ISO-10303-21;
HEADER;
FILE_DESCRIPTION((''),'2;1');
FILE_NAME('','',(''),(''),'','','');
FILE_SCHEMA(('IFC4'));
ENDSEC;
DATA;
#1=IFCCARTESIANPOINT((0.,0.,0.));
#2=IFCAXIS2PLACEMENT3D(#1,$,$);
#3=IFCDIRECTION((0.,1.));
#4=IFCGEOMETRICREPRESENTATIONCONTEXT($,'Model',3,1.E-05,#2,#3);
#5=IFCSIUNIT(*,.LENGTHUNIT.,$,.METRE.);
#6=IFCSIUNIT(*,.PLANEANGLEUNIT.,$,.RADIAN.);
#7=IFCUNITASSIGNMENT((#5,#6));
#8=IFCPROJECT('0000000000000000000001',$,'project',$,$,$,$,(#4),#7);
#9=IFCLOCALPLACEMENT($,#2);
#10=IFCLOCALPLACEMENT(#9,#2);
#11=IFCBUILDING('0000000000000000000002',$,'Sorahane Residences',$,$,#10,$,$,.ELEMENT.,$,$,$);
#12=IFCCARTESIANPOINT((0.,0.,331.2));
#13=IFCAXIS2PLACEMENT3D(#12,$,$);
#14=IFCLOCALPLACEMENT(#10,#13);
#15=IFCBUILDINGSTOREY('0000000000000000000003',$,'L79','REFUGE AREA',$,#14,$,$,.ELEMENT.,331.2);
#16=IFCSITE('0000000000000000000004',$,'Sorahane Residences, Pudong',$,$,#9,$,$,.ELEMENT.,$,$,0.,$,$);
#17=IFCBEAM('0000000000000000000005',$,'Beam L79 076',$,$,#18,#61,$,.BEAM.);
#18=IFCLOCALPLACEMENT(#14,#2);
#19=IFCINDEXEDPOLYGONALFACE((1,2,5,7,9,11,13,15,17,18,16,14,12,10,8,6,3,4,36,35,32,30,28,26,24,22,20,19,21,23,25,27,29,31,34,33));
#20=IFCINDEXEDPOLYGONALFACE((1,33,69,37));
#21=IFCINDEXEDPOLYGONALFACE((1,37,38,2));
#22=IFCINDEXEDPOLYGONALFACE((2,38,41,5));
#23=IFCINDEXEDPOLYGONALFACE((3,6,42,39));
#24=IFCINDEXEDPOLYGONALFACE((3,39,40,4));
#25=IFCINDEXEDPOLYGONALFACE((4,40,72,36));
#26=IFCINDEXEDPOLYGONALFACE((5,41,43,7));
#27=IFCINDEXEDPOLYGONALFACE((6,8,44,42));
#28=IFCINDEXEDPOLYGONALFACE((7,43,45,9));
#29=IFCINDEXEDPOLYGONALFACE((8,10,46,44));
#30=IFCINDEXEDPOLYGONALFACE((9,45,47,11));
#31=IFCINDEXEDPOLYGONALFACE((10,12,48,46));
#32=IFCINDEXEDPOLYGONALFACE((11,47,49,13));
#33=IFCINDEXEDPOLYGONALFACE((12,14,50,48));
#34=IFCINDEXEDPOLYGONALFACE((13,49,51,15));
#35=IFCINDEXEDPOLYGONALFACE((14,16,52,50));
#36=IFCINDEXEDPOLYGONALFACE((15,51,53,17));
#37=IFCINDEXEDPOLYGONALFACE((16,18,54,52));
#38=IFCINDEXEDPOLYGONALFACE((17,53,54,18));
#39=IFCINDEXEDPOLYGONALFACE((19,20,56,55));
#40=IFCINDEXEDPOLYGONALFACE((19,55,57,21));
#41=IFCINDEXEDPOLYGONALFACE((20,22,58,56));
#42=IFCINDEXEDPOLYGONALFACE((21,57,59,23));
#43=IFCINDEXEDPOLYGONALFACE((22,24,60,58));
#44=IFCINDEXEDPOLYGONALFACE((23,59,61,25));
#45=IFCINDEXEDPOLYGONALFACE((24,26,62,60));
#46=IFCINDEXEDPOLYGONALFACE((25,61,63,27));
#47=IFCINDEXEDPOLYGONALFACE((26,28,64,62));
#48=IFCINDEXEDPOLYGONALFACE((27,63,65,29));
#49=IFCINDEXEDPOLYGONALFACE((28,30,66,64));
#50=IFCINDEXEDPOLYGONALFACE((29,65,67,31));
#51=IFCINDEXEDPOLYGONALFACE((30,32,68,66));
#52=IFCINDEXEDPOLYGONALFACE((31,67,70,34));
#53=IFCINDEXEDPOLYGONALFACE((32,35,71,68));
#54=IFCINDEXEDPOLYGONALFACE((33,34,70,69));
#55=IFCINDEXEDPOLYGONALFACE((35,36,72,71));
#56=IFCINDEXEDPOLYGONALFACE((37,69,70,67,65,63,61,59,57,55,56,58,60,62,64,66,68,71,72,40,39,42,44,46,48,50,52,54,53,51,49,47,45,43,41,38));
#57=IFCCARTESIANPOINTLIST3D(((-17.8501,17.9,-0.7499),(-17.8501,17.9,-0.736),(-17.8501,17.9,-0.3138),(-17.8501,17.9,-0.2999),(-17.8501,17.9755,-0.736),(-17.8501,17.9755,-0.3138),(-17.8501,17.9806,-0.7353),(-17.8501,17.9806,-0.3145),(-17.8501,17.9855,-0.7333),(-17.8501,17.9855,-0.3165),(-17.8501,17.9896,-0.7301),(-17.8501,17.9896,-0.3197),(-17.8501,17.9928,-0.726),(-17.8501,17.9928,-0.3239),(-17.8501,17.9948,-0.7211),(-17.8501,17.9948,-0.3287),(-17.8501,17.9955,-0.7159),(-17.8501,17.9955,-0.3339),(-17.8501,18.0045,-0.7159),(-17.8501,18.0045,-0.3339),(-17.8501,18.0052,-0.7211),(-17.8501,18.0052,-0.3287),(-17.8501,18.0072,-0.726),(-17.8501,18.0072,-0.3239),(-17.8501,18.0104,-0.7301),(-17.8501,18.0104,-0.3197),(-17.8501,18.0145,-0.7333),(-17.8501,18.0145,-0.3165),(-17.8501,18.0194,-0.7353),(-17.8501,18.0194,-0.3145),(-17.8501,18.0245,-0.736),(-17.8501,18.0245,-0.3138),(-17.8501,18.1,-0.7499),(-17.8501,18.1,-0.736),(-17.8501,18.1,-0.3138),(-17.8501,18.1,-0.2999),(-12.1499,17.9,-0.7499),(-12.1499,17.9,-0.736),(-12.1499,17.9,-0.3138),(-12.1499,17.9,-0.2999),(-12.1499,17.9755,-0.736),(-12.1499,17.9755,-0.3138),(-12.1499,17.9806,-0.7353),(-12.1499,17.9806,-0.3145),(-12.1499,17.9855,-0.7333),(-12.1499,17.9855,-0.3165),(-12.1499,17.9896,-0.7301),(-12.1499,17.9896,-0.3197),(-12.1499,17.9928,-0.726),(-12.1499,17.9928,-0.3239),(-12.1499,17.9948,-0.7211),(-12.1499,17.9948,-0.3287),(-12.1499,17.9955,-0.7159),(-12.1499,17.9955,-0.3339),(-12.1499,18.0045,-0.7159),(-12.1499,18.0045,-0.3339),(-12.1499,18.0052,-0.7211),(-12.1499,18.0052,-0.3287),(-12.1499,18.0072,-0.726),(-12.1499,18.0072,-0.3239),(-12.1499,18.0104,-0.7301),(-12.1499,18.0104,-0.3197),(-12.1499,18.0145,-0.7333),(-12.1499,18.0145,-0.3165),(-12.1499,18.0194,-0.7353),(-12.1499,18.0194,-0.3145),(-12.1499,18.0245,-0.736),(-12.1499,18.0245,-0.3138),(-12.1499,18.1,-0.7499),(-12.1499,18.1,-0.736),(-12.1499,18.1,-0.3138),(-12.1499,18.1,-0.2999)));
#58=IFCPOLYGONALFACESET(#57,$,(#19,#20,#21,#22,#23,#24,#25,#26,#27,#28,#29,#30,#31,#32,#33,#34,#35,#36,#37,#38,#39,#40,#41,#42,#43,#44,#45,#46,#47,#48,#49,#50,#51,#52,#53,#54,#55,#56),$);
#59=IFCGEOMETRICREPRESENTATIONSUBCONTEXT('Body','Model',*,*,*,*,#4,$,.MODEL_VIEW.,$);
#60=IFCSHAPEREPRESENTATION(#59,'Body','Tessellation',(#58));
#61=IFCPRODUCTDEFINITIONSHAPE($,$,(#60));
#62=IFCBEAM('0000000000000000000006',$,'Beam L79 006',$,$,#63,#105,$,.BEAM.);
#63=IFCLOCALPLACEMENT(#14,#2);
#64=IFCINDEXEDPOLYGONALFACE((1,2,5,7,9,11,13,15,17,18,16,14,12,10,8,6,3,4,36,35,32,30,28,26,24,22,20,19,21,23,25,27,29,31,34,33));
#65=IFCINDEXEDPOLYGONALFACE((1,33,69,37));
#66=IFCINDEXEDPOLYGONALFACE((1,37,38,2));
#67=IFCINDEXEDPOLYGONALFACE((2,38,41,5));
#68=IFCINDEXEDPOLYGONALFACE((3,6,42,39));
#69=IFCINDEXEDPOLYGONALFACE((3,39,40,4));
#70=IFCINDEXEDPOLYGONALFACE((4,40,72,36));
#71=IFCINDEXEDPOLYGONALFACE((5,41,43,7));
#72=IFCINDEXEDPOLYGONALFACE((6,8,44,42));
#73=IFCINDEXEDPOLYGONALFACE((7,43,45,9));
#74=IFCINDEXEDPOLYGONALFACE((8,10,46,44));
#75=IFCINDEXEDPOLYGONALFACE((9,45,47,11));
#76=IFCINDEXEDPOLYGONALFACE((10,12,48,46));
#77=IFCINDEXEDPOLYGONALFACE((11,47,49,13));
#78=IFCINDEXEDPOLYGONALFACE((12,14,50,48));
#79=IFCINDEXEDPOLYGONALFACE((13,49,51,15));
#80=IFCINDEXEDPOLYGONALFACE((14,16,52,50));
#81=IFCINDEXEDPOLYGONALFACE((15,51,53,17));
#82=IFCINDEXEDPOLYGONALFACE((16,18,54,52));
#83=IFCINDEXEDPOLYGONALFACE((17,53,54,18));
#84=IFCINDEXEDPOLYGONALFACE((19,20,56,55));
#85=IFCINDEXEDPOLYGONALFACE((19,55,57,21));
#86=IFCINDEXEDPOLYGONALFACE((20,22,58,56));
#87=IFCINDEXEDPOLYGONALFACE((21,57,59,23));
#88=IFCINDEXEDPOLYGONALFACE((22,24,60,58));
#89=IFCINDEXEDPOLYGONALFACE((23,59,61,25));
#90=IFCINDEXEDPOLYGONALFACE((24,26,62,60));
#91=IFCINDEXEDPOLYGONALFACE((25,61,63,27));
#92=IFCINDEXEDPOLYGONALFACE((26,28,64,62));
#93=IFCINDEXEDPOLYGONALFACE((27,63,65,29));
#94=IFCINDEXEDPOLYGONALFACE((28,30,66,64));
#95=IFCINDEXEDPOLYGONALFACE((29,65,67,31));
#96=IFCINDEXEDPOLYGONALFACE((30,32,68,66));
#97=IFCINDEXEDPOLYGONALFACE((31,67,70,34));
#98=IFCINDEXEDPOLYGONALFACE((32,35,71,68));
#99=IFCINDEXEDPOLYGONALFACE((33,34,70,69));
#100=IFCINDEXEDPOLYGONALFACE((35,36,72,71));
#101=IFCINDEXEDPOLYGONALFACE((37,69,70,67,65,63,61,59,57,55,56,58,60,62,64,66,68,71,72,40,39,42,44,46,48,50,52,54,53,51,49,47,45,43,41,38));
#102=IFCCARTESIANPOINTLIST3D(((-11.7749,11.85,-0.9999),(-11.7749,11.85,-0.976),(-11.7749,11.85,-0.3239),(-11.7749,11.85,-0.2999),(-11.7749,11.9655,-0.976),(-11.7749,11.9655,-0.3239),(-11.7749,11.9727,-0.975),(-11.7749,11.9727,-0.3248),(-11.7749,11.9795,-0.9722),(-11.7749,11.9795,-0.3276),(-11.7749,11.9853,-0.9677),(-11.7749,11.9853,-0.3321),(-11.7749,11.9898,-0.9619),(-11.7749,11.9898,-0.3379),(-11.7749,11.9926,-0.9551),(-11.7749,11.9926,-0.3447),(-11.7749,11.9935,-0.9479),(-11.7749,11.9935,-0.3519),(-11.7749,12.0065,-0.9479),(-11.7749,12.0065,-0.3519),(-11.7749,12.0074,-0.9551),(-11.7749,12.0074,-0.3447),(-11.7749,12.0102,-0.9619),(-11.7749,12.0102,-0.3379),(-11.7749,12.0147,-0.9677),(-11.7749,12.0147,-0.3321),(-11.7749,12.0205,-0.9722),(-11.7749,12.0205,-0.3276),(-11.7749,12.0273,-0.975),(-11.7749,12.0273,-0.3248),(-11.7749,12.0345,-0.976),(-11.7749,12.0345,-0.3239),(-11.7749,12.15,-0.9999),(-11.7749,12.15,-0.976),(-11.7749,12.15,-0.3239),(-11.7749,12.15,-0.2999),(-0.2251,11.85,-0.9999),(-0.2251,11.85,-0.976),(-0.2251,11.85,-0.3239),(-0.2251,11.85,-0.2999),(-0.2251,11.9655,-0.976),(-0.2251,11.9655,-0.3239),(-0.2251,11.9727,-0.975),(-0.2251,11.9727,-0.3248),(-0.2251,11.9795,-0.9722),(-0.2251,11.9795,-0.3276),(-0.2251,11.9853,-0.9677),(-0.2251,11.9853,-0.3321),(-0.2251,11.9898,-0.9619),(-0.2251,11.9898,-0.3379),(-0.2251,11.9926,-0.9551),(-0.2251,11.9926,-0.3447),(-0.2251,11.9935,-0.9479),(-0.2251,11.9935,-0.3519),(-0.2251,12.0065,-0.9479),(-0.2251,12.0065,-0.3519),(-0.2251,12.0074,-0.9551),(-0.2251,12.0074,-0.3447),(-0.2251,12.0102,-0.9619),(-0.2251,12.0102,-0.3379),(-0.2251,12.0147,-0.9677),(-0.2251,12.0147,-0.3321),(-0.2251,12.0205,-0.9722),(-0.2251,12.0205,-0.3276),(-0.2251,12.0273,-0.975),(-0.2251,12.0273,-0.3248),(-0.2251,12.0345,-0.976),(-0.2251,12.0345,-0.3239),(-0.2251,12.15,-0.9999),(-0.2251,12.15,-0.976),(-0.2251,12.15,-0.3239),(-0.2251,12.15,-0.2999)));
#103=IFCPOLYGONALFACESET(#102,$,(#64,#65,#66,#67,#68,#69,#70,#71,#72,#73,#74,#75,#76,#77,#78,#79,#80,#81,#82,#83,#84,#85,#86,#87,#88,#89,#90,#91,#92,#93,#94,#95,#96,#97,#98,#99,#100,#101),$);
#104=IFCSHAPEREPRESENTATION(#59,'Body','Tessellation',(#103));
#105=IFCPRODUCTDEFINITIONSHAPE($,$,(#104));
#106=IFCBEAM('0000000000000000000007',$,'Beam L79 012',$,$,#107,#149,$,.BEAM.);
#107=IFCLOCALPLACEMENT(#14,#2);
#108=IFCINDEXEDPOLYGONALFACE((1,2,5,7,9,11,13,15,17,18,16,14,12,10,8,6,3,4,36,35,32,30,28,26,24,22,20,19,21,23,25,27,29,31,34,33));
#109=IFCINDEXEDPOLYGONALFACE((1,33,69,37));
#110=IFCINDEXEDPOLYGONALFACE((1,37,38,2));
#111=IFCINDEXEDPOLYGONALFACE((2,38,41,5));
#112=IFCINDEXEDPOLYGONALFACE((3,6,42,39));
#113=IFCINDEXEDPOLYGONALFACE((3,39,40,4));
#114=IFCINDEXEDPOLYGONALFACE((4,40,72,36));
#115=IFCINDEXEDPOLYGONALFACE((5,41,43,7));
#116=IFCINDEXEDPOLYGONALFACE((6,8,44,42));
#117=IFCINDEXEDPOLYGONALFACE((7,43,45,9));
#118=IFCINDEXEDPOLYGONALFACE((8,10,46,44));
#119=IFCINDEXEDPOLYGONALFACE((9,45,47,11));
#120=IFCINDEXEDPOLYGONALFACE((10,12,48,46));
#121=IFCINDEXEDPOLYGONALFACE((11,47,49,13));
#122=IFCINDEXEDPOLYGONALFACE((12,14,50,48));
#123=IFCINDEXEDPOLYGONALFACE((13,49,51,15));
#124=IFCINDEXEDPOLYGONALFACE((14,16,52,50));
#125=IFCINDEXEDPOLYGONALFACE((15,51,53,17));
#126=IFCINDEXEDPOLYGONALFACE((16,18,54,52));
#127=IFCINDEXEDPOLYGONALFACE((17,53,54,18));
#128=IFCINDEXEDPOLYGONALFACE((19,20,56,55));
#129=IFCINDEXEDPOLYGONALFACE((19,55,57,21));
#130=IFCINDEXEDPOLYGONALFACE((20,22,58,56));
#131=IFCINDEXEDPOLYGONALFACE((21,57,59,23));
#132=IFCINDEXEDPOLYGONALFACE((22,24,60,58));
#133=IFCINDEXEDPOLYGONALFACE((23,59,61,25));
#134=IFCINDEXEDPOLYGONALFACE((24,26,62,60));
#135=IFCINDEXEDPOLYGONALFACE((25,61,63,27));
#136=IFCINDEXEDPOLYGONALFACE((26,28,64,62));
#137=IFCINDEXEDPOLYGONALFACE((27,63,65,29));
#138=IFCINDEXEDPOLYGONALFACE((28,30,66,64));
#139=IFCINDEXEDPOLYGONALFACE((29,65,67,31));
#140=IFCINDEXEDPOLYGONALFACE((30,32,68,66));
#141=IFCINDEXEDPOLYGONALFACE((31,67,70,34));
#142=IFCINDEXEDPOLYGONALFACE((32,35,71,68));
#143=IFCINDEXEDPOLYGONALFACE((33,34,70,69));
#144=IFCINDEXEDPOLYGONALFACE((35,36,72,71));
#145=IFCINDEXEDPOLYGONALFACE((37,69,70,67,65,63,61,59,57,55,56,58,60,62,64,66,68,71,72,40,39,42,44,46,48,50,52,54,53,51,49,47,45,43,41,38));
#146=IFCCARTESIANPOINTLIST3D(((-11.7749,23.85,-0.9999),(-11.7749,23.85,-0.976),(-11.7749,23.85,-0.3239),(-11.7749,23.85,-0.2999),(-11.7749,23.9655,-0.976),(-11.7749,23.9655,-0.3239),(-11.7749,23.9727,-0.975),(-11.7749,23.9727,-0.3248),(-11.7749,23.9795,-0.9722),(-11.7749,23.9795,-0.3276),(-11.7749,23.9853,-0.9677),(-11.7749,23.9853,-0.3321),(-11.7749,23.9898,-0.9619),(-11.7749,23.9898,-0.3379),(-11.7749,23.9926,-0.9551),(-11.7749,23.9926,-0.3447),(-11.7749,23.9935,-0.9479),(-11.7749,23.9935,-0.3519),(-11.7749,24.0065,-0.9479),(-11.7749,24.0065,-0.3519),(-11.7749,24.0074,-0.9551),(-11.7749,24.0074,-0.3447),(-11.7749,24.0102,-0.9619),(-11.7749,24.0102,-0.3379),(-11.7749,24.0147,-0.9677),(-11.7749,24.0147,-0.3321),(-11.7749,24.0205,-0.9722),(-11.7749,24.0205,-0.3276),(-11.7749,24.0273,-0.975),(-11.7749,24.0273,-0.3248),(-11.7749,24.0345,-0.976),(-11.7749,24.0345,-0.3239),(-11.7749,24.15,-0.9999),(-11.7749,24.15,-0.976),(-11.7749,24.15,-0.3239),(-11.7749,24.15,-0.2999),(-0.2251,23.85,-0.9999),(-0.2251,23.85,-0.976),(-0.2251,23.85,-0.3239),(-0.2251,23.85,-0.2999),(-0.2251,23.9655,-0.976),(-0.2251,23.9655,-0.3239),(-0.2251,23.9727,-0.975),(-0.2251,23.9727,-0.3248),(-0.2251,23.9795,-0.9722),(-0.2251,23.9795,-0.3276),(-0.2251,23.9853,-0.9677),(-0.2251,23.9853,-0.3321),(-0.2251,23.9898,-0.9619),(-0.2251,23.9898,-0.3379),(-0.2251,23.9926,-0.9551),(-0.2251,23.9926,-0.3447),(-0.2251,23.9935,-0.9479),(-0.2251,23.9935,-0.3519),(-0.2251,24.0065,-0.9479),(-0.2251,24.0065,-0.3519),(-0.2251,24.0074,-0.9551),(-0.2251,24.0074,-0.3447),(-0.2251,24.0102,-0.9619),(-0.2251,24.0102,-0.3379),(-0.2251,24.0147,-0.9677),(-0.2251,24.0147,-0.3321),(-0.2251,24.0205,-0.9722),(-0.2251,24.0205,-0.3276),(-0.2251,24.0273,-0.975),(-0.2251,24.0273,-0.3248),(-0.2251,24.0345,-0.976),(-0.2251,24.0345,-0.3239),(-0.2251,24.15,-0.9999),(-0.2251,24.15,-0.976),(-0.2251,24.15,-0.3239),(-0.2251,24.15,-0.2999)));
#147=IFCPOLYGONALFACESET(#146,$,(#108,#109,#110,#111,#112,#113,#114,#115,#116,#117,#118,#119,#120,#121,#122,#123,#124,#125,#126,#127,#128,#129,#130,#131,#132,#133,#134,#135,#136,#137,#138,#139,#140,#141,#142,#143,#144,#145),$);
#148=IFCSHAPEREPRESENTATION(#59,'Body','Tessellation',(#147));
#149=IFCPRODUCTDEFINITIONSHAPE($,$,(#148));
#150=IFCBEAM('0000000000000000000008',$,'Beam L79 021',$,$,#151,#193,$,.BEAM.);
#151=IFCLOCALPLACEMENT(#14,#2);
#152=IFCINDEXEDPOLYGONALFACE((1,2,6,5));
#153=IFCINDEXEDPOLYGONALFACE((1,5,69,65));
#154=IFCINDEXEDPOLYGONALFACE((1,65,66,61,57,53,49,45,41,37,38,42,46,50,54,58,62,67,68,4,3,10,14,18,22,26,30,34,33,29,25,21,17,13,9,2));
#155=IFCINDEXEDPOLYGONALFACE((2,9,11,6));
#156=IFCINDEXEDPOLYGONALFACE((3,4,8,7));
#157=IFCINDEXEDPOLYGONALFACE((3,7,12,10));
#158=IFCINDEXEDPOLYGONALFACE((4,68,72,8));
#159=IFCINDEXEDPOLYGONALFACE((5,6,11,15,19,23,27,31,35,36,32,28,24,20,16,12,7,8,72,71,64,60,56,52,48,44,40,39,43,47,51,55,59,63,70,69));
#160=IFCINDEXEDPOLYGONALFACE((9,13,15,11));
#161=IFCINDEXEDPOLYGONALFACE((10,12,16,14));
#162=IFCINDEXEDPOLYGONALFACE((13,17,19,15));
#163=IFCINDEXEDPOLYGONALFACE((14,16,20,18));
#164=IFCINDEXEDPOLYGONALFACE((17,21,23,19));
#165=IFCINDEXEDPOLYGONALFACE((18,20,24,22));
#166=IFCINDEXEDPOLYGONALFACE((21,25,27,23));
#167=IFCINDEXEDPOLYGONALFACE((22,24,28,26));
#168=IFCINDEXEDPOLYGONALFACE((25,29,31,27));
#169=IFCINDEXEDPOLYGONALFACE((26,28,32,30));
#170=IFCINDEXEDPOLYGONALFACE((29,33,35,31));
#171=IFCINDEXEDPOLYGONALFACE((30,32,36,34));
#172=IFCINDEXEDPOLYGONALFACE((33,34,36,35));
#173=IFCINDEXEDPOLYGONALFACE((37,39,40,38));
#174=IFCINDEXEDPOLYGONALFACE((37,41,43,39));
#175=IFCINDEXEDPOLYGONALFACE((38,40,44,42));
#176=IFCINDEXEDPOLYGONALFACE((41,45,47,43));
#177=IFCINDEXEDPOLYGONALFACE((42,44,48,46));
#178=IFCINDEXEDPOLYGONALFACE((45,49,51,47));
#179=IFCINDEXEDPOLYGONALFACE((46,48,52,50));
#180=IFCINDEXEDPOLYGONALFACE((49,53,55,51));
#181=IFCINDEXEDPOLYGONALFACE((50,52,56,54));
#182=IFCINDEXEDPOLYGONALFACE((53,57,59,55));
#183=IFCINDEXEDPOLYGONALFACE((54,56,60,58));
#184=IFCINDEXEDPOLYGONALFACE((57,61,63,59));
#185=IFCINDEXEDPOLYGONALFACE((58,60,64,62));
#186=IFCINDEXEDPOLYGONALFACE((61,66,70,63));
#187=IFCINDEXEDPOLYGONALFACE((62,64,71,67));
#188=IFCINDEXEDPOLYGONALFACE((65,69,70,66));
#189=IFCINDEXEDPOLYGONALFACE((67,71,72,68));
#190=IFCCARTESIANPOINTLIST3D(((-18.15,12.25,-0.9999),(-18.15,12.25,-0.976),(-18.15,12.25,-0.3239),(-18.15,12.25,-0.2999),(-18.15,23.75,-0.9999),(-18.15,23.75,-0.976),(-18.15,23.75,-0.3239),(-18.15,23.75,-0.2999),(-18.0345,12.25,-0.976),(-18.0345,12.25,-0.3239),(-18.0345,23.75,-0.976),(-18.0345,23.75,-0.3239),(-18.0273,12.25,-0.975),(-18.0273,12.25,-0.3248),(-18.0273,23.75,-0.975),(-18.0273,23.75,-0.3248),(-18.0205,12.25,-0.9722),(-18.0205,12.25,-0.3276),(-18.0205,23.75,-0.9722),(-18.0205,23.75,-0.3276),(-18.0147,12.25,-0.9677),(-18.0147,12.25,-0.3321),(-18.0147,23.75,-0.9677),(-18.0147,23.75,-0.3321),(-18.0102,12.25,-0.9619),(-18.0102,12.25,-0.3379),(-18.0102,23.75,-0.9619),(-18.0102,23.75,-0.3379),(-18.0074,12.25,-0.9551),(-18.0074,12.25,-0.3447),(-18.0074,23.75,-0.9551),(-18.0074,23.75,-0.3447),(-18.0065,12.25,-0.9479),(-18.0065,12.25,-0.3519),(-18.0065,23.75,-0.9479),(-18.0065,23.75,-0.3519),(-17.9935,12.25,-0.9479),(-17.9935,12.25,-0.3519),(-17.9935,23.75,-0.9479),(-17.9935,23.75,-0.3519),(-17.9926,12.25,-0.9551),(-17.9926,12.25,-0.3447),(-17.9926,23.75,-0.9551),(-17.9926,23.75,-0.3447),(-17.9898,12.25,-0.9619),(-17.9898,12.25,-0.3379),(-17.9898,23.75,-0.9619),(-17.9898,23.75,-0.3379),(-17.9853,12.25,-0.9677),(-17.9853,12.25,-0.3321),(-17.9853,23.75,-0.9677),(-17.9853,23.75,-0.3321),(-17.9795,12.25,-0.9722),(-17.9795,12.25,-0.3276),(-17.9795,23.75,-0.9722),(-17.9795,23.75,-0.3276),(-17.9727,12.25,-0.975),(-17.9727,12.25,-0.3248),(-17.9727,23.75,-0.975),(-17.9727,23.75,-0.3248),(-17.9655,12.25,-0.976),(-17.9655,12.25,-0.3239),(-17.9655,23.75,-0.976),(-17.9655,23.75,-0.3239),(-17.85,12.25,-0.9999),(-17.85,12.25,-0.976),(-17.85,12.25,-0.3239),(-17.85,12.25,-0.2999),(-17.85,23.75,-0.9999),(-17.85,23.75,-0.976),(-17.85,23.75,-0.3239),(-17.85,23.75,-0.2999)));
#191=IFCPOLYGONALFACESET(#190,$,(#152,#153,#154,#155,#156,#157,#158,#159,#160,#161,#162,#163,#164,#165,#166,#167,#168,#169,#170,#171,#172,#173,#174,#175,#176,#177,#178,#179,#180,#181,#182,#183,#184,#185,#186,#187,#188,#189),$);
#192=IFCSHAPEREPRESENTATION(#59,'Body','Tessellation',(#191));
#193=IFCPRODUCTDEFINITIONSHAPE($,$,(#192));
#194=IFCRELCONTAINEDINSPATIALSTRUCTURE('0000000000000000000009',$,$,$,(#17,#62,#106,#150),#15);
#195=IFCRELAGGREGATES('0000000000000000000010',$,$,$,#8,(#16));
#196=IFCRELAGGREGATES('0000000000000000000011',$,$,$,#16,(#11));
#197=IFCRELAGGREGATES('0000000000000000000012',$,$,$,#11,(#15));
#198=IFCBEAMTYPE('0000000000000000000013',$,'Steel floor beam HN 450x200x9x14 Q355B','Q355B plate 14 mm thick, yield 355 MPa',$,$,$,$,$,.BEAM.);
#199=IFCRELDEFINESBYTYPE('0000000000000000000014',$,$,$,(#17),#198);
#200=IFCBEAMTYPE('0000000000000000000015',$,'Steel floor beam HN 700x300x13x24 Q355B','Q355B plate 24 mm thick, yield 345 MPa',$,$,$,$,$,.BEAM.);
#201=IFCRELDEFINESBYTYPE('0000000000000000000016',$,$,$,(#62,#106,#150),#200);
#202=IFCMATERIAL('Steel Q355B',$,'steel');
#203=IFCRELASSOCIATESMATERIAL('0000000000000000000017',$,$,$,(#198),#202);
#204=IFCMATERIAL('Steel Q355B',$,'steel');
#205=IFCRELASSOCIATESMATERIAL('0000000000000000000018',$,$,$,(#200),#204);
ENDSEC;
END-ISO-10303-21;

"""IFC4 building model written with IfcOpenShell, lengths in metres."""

from ifc_helpers import new_model, si_unit, direction, frame, origin, origin_2d, place, context, subcontext, project, spatial, i_section, extrude, material, material_profile, profile_set, type_object, element, save


model = new_model("IFC4")

# Units and contexts
model_context = context("Model", 3, precision=1e-05, world=origin(), true_north=direction((0.0, 1.0)))
body_context = subcontext(model_context, "Body", "Model", "MODEL_VIEW")
ifc_project = project(units=[si_unit("LENGTHUNIT", "METRE"), si_unit("PLANEANGLEUNIT", "RADIAN")], contexts=[model_context])

# Site, building, storey
site_placement = place(None, origin())
site = spatial("IfcSite", under=ifc_project, at=site_placement, Name="Sorahane Residences, Pudong", CompositionType="ELEMENT", RefElevation=0.0)
building_placement = place(site_placement, origin())
building = spatial("IfcBuilding", under=site, at=building_placement, Name="Sorahane Residences", CompositionType="ELEMENT")
storey_placement = place(building_placement, frame((0.0, 0.0, 331.2)))
storey = spatial("IfcBuildingStorey", under=building, at=storey_placement, Name="L79", Description="REFUGE AREA", CompositionType="ELEMENT", Elevation=331.2)

# Beams
ifc_material_1 = material(Name="Steel Q355B", Category="steel")
ifc_material_profile_1 = material_profile(ifc_material_1, i_section(OverallWidth=0.2, OverallDepth=0.45, WebThickness=0.009, FlangeThickness=0.0139, FilletRadius=0.02, at=origin_2d()), Name="HN 450x200x9x14")
ifc_profile_set_1 = profile_set([ifc_material_profile_1], Name="Steel Q355B")
beam_type_1 = type_object("IfcBeamType", Name="Steel floor beam HN 450x200x9x14 Q355B", Description="Q355B plate 14 mm thick, yield 355 MPa", PredefinedType="BEAM", material=ifc_profile_set_1)
beam_1_placement = place(storey_placement, frame((-17.8501, 18.0, -0.5249), z_axis=(1.0, 0.0, 0.0), x_axis=(0.0, 1.0, 0.0)))
element("IfcBeam", 1, at=beam_1_placement, inside=storey, type_object=beam_type_1, Name="Beam L79 076", PredefinedType="BEAM", context=body_context, shape_type="SweptSolid", body=[
    extrude(i_section(OverallWidth=0.2, OverallDepth=0.45, WebThickness=0.009, FlangeThickness=0.0139, FilletRadius=0.02, at=origin_2d()), origin(), (0.0, 0.0, 1.0), 5.7002),
])
ifc_material_2 = material(Name="Steel Q355B", Category="steel")
ifc_material_profile_2 = material_profile(ifc_material_2, i_section(OverallWidth=0.3, OverallDepth=0.7, WebThickness=0.0129, FlangeThickness=0.0239, FilletRadius=0.0281, at=origin_2d()), Name="HN 700x300x13x24")
ifc_profile_set_2 = profile_set([ifc_material_profile_2], Name="Steel Q355B")
beam_type_2 = type_object("IfcBeamType", Name="Steel floor beam HN 700x300x13x24 Q355B", Description="Q355B plate 24 mm thick, yield 345 MPa", PredefinedType="BEAM", material=ifc_profile_set_2)
for number, where, z_axis, x_axis, name in (
    (2, (-11.7749, 12.0, -0.6499), (1.0, 0.0, 0.0), (0.0, 1.0, 0.0), "Beam L79 006"),
    (3, (-11.7749, 24.0, -0.6499), (1.0, 0.0, 0.0), (0.0, 1.0, 0.0), "Beam L79 012"),
):
    element("IfcBeam", number, at=place(storey_placement, frame(where, z_axis=z_axis, x_axis=x_axis)), inside=storey, type_object=beam_type_2, Name=name, PredefinedType="BEAM", context=body_context, shape_type="SweptSolid", body=[
        extrude(i_section(OverallWidth=0.3, OverallDepth=0.7, WebThickness=0.0129, FlangeThickness=0.0239, FilletRadius=0.0281, at=origin_2d()), origin(), (0.0, 0.0, 1.0), 11.5498),
    ])
beam_2_placement = place(storey_placement, frame((-18.0, 12.25, -0.6499), z_axis=(0.0, 1.0, 0.0), x_axis=(-1.0, 0.0, 0.0)))
element("IfcBeam", 4, at=beam_2_placement, inside=storey, type_object=beam_type_2, Name="Beam L79 021", PredefinedType="BEAM", context=body_context, shape_type="SweptSolid", body=[
    extrude(i_section(OverallWidth=0.3, OverallDepth=0.7, WebThickness=0.0129, FlangeThickness=0.0239, FilletRadius=0.0281, at=origin_2d()), origin(), (0.0, 0.0, 1.0), 11.5),
])

save(model, "model.ifc")
